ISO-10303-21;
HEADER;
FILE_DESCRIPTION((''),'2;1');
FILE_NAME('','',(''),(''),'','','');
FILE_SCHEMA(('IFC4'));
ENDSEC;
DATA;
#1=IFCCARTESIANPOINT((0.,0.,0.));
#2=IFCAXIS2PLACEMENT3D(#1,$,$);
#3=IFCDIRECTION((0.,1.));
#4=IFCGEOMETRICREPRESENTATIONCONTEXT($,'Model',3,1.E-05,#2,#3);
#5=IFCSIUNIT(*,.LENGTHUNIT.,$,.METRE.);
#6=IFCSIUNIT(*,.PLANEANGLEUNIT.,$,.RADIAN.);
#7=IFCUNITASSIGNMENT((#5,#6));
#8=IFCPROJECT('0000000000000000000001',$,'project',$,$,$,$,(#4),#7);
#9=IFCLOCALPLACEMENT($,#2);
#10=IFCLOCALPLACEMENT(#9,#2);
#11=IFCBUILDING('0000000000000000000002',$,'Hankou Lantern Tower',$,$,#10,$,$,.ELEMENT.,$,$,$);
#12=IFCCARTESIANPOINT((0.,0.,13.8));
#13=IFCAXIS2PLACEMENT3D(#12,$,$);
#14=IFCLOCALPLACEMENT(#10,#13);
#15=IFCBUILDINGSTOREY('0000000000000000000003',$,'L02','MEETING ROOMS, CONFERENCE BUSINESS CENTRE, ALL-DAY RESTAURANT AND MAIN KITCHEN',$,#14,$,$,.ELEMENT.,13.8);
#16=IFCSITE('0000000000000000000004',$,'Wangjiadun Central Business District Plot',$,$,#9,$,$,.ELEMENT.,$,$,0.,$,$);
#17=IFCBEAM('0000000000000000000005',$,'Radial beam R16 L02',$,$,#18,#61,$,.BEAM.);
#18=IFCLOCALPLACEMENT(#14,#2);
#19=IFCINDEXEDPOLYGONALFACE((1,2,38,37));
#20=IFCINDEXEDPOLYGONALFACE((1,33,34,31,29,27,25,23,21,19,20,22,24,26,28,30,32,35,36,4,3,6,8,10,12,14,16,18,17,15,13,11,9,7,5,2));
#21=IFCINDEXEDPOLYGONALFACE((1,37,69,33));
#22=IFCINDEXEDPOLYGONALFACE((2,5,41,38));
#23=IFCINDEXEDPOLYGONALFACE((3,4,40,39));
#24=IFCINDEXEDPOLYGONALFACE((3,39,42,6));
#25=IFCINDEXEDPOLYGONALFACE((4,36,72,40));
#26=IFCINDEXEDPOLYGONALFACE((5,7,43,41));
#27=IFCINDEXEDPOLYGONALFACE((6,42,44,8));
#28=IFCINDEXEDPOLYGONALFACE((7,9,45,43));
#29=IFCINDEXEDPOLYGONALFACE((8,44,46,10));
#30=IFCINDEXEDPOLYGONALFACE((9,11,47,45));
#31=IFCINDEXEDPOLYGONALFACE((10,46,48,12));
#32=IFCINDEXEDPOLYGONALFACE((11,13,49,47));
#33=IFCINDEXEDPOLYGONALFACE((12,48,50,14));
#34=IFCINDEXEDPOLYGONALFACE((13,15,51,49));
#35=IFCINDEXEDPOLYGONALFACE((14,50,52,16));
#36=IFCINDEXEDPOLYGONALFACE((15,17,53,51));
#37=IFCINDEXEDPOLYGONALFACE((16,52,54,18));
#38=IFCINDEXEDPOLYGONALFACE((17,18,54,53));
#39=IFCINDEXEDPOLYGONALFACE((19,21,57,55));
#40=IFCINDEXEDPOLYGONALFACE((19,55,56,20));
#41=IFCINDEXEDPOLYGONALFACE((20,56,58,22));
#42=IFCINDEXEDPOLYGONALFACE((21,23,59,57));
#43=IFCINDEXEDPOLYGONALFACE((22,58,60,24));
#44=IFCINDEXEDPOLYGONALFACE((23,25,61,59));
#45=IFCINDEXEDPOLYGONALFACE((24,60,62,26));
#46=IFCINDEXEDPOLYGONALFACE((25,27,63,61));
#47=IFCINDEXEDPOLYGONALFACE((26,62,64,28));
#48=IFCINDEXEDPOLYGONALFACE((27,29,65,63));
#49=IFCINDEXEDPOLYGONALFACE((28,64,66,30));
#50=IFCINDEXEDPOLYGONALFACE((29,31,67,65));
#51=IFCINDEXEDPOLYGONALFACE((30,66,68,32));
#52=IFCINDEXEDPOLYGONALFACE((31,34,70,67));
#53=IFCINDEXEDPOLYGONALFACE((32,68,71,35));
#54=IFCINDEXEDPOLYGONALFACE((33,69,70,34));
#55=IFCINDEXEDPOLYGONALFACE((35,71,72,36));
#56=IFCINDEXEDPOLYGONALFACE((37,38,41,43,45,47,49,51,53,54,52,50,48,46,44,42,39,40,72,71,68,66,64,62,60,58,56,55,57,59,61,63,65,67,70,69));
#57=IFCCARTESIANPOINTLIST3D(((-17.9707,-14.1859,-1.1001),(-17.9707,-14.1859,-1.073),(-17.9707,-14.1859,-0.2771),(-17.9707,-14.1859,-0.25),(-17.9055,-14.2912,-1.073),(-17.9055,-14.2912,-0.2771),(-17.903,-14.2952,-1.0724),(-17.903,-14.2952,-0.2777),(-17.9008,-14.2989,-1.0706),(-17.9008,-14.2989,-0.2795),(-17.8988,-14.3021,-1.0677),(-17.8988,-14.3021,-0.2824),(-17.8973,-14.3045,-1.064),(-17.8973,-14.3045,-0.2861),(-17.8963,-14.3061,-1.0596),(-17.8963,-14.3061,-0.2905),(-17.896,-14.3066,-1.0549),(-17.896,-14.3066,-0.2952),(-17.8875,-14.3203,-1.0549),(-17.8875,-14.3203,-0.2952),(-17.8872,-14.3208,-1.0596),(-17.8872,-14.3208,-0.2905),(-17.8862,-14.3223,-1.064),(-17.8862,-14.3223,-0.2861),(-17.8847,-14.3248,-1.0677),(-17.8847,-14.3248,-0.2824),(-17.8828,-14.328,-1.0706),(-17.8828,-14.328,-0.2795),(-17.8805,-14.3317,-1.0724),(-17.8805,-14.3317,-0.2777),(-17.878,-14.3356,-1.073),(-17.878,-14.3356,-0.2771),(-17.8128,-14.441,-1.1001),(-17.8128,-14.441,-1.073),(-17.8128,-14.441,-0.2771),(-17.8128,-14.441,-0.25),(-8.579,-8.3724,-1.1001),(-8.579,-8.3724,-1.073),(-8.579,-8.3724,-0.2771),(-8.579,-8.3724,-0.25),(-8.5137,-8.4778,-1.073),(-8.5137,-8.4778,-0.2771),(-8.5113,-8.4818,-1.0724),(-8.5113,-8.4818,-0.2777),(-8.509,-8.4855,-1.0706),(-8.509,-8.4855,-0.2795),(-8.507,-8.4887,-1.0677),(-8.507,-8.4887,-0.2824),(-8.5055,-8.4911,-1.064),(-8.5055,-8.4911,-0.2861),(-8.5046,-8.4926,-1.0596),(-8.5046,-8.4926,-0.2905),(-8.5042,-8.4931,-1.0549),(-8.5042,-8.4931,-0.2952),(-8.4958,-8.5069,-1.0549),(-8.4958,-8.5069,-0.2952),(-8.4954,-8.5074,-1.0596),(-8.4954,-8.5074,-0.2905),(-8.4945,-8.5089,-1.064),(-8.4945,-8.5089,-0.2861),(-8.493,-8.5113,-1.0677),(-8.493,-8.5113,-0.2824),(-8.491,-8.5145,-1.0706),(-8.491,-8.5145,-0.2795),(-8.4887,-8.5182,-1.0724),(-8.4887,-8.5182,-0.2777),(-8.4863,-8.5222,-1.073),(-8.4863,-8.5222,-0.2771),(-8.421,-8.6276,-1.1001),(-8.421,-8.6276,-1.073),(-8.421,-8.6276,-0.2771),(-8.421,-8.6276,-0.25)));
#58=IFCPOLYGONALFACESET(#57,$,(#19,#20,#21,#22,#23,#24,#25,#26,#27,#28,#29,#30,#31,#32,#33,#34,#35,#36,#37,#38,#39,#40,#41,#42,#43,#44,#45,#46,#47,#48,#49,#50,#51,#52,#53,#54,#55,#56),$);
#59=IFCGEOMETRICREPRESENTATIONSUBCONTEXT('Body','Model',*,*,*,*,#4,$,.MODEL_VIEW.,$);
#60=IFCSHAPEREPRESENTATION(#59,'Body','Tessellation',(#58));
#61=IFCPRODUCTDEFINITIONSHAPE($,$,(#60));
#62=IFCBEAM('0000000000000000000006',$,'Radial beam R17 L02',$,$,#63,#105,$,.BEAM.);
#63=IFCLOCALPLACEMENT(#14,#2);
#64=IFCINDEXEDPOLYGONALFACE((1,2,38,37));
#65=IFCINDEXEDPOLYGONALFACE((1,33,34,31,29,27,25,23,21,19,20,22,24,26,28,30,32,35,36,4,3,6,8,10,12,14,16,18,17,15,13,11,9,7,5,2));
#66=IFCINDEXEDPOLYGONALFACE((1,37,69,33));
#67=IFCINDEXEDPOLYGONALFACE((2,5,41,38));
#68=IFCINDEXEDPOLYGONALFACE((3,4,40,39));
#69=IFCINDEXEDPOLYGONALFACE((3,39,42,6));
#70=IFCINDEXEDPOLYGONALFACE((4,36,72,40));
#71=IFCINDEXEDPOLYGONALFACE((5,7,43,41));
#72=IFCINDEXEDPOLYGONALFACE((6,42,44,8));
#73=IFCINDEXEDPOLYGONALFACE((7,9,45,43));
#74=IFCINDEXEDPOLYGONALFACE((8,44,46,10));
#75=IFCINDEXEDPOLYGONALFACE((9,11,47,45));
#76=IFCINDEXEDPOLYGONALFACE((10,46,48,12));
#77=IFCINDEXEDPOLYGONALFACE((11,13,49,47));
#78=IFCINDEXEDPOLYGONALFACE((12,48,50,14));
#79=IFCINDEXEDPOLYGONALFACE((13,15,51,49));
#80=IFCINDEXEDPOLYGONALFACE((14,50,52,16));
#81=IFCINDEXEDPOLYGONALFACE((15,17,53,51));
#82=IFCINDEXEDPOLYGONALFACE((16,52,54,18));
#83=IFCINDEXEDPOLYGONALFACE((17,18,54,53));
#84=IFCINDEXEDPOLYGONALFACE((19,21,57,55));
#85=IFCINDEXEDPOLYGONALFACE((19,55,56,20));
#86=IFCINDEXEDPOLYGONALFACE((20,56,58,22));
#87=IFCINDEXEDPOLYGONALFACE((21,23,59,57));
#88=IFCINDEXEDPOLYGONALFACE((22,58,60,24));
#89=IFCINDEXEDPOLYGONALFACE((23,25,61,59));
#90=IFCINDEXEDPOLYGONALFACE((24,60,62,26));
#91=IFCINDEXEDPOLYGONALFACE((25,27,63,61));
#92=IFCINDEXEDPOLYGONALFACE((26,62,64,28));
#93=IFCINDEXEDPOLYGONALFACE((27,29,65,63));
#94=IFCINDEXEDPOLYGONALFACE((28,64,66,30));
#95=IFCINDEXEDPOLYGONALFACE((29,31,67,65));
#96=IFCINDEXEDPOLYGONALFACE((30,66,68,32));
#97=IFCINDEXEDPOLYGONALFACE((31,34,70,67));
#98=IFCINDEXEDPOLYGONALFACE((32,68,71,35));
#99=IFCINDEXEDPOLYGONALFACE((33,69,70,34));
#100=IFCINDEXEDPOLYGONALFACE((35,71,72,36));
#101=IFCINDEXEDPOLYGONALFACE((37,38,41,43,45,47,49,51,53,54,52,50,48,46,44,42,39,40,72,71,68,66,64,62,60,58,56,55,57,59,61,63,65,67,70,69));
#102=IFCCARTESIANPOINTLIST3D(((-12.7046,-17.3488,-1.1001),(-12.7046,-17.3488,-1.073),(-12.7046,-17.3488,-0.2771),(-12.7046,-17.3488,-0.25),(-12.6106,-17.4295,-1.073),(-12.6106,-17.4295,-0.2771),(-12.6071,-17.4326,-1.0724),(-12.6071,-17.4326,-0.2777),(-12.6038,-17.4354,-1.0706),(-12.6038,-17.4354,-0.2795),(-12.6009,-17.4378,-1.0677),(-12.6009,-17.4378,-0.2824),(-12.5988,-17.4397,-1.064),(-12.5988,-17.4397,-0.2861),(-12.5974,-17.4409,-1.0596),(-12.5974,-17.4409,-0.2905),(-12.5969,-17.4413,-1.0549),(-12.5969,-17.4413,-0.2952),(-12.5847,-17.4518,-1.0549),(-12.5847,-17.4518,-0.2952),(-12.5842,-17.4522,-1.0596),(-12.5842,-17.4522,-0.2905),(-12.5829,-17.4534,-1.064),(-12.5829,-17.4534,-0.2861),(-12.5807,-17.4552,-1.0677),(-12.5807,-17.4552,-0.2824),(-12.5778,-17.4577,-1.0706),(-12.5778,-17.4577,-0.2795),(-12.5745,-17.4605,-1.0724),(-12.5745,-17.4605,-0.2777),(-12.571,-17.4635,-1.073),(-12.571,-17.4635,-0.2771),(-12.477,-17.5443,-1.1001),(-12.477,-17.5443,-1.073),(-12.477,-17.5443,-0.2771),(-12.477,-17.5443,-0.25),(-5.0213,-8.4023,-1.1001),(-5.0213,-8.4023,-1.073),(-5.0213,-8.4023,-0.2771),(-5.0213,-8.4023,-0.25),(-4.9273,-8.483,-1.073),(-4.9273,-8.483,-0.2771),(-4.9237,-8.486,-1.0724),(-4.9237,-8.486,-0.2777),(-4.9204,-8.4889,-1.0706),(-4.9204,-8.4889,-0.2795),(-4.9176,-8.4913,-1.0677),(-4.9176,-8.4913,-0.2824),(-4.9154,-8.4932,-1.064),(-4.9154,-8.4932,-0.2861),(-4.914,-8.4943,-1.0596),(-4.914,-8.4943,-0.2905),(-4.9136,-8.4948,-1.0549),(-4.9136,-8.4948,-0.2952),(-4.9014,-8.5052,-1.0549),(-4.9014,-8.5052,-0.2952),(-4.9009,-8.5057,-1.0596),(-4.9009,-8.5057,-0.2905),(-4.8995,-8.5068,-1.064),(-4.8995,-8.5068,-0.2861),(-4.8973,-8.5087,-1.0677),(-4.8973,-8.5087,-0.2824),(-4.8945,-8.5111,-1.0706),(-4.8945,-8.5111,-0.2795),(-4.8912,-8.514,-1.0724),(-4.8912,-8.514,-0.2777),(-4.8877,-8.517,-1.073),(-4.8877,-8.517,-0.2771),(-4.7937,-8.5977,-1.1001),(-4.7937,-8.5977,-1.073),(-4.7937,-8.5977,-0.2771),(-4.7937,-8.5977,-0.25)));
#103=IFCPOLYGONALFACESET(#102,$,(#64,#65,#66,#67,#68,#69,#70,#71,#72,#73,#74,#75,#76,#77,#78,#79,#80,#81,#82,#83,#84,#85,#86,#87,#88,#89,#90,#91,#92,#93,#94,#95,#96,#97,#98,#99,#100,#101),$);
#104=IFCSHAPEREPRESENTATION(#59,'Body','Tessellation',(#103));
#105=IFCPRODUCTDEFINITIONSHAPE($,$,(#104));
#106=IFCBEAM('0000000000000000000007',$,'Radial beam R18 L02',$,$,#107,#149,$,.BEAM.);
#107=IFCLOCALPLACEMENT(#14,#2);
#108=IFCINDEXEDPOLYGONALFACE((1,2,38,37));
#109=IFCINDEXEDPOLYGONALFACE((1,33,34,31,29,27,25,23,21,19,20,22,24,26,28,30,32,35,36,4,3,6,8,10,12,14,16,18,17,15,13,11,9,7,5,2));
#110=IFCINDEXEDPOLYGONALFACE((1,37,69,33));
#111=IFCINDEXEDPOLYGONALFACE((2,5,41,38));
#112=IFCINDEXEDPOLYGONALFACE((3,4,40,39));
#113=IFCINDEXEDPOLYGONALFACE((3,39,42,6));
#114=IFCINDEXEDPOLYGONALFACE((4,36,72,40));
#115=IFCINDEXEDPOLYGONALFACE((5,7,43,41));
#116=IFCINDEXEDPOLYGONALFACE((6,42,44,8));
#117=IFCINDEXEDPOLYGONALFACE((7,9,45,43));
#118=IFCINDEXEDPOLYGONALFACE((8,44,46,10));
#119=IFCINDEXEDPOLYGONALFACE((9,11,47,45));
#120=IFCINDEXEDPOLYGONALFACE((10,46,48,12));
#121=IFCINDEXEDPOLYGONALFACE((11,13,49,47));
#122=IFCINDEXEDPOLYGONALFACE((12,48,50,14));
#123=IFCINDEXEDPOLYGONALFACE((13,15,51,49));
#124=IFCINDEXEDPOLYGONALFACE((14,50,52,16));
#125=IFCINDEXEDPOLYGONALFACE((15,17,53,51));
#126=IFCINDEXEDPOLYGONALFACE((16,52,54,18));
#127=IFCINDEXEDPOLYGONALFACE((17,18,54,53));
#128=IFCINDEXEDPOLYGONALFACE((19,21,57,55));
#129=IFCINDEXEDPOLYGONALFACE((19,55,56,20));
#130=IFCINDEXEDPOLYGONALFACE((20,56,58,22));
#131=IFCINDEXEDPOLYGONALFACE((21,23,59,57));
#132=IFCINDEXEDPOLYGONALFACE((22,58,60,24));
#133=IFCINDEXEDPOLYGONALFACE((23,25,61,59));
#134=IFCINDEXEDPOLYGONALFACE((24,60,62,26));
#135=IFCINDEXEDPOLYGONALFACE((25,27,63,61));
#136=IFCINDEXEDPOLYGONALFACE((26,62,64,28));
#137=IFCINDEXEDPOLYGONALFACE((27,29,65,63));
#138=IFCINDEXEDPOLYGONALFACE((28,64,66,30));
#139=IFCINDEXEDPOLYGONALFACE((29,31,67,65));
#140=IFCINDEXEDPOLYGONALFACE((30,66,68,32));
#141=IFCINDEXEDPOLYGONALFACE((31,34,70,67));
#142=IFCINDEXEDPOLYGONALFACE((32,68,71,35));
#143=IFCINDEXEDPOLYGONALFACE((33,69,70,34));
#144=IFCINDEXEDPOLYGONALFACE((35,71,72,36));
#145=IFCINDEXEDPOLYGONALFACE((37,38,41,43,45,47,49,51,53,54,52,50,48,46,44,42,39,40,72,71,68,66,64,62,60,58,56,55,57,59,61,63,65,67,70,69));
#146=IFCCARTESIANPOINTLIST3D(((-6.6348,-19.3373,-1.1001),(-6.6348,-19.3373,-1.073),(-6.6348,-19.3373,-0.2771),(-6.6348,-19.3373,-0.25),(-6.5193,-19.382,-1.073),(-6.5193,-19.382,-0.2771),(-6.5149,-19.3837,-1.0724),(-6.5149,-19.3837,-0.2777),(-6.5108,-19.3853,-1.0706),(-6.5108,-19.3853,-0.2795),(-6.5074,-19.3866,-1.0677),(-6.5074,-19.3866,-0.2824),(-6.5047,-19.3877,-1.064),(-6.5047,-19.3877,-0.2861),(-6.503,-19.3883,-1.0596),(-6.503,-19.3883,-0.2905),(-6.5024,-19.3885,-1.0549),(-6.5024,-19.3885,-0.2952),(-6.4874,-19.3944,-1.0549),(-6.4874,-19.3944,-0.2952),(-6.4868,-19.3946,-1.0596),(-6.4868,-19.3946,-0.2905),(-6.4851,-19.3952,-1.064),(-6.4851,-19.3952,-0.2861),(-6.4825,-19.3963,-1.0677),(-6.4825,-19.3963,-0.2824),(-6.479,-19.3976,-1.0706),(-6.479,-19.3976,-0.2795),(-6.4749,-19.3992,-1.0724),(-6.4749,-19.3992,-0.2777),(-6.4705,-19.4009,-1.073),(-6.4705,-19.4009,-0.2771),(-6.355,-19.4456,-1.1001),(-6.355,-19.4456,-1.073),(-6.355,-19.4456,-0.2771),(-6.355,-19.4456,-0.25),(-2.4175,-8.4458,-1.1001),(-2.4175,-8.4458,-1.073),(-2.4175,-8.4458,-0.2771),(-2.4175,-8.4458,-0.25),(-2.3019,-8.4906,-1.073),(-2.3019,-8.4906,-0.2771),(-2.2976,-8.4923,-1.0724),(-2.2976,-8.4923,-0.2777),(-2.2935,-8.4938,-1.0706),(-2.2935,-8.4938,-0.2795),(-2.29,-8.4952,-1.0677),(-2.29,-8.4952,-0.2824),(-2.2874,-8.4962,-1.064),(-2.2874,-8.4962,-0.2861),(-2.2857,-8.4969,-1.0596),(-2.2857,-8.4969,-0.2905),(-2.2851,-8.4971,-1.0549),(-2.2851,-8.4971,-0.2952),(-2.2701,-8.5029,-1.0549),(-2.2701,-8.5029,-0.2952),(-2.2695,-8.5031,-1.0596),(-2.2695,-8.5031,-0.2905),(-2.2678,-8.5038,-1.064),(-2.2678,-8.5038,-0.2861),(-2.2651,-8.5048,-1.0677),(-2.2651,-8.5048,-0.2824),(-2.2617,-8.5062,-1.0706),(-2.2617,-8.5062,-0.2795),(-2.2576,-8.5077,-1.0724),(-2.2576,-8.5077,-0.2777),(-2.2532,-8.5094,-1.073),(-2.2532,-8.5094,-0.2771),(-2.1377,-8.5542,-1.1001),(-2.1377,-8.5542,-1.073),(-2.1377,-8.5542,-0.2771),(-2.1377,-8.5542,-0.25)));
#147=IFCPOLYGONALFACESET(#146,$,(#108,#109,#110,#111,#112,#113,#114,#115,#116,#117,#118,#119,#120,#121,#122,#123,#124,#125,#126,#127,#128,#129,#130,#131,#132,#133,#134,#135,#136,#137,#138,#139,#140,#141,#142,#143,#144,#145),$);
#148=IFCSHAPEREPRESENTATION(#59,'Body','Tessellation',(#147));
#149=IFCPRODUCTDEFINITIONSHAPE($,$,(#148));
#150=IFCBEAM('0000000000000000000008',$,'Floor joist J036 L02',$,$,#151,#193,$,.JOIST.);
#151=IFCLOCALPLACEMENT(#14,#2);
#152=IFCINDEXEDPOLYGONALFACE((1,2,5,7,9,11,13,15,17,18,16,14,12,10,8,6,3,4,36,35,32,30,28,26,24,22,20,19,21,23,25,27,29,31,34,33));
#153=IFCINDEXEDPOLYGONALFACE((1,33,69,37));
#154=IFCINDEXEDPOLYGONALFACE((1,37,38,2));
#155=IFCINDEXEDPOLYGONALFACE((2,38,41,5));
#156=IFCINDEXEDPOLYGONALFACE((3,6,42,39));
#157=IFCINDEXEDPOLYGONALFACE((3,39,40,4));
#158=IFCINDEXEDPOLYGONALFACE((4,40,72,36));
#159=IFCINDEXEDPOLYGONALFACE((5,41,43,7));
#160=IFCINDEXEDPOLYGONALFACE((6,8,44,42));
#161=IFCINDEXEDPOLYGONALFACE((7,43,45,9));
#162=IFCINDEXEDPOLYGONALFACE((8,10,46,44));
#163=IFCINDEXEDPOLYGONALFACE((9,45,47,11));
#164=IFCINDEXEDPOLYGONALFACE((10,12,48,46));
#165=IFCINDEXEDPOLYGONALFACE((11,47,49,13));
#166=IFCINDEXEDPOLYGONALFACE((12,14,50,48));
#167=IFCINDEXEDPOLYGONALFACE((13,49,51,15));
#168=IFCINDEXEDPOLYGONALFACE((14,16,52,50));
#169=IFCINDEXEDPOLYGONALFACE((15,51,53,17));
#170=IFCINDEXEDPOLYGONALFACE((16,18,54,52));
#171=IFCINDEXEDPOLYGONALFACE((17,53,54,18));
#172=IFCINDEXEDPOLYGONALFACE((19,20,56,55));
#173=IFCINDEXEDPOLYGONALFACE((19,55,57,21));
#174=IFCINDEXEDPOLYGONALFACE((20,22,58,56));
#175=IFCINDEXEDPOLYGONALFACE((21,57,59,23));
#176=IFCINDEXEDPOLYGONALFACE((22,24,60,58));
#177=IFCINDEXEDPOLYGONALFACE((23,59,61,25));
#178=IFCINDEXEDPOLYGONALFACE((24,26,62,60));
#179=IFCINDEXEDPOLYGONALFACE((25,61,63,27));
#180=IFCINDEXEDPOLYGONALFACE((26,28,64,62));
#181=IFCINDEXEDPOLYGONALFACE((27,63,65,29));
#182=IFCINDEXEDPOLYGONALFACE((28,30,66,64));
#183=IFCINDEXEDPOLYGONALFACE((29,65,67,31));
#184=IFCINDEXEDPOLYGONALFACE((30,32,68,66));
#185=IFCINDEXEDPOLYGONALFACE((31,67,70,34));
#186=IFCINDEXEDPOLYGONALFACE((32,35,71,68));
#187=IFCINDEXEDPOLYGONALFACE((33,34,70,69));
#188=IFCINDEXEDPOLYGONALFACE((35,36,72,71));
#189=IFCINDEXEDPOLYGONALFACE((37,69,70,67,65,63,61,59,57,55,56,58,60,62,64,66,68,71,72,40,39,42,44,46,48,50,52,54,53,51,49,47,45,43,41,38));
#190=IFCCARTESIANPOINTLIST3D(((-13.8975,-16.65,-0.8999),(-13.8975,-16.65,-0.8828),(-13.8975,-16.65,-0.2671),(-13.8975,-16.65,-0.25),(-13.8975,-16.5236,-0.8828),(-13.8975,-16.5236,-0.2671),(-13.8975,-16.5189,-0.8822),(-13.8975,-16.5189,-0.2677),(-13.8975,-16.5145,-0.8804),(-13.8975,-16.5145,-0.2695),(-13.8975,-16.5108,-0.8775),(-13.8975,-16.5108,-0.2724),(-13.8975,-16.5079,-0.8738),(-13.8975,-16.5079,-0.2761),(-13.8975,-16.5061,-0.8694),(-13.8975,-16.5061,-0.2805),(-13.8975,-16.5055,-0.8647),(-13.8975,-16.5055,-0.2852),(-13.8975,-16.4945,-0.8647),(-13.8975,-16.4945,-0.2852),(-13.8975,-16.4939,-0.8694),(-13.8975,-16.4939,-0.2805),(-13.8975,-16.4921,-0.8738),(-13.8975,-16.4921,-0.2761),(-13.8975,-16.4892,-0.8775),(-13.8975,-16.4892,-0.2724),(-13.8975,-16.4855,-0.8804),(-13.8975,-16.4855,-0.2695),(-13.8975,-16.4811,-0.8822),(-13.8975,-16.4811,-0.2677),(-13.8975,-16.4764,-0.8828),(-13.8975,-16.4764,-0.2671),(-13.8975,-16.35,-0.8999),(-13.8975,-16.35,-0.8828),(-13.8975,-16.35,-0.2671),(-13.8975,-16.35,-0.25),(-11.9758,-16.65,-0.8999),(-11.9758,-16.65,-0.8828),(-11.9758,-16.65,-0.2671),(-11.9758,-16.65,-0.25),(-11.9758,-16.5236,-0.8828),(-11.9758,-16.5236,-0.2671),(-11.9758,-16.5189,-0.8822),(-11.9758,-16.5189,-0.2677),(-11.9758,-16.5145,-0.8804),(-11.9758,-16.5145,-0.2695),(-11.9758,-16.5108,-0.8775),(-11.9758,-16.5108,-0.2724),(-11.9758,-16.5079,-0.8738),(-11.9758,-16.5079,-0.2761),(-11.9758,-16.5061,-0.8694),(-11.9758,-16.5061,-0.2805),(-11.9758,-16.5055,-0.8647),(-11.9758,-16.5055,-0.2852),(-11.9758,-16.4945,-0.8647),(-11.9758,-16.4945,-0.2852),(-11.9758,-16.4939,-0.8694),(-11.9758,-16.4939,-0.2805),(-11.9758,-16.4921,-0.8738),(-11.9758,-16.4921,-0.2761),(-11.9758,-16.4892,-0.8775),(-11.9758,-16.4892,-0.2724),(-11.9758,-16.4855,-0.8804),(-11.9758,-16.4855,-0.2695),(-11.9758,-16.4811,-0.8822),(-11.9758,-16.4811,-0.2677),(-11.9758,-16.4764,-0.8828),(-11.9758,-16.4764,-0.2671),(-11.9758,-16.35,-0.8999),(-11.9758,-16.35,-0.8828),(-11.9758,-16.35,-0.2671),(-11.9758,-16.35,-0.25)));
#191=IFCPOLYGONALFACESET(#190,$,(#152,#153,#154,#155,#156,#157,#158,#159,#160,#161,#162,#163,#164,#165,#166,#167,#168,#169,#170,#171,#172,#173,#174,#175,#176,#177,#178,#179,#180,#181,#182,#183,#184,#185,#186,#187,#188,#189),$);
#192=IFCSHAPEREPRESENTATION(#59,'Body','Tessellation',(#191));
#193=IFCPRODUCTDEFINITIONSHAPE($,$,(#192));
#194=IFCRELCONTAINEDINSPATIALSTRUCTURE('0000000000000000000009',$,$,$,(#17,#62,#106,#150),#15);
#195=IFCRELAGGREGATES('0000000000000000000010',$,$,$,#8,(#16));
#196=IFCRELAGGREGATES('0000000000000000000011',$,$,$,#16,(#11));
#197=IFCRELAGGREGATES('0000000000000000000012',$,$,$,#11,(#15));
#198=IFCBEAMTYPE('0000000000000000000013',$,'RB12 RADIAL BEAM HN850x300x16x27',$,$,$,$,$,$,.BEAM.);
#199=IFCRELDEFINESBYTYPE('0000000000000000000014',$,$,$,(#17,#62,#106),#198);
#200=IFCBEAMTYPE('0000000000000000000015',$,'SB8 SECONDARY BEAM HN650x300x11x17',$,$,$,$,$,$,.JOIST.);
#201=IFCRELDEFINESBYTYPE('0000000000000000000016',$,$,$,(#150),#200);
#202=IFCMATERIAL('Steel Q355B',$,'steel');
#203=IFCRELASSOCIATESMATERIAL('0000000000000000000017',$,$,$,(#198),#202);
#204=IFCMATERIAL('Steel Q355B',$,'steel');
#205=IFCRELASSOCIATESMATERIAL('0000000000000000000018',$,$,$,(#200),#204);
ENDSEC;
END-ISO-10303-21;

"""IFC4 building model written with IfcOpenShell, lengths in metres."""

from ifc_helpers import new_model, si_unit, direction, frame, origin, origin_2d, place, context, subcontext, project, spatial, i_section, extrude, material, material_profile, profile_set, type_object, element, save


model = new_model("IFC4")

# Units and contexts
model_context = context("Model", 3, precision=1e-05, world=origin(), true_north=direction((0.0, 1.0)))
body_context = subcontext(model_context, "Body", "Model", "MODEL_VIEW")
ifc_project = project(units=[si_unit("LENGTHUNIT", "METRE"), si_unit("PLANEANGLEUNIT", "RADIAN")], contexts=[model_context])

# Site, building, storey
site_placement = place(None, origin())
site = spatial("IfcSite", under=ifc_project, at=site_placement, Name="Wangjiadun Central Business District Plot", CompositionType="ELEMENT", RefElevation=0.0)
building_placement = place(site_placement, origin())
building = spatial("IfcBuilding", under=site, at=building_placement, Name="Hankou Lantern Tower", CompositionType="ELEMENT")
storey_placement = place(building_placement, frame((0.0, 0.0, 13.8)))
storey = spatial("IfcBuildingStorey", under=building, at=storey_placement, Name="L02", Description="MEETING ROOMS, CONFERENCE BUSINESS CENTRE, ALL-DAY RESTAURANT AND MAIN KITCHEN", CompositionType="ELEMENT", Elevation=13.8)

# Beams
ifc_material_1 = material(Name="Steel Q355B", Category="steel")
ifc_material_profile_1 = material_profile(ifc_material_1, i_section(OverallWidth=0.3, OverallDepth=0.8501, WebThickness=0.0161, FlangeThickness=0.0271, FilletRadius=0.0181, at=origin_2d()), Name="HN850x300x16x27")
ifc_profile_set_1 = profile_set([ifc_material_profile_1], Name="Steel Q355B")
beam_type_1 = type_object("IfcBeamType", Name="RB12 RADIAL BEAM HN850x300x16x27", PredefinedType="BEAM", material=ifc_profile_set_1)
beam_1_placement = place(storey_placement, frame((-8.5, -8.5, -0.675), z_axis=(-0.850286, -0.52632, 0.0), x_axis=(0.52632, -0.850286, 0.0)))
element("IfcBeam", 1, at=beam_1_placement, inside=storey, type_object=beam_type_1, Name="Radial beam R16 L02", PredefinedType="BEAM", context=body_context, shape_type="SweptSolid", body=[
    extrude(i_section(OverallWidth=0.3, OverallDepth=0.8501, WebThickness=0.0161, FlangeThickness=0.0271, FilletRadius=0.0181, at=origin_2d()), origin(), (0.0, 0.0, 1.0), 11.0454),
])
beam_2_placement = place(storey_placement, frame((-4.9075, -8.5, -0.675), z_axis=(-0.651519, -0.758632, 0.0), x_axis=(0.758632, -0.651519, 0.0)))
element("IfcBeam", 2, at=beam_2_placement, inside=storey, type_object=beam_type_1, Name="Radial beam R17 L02", PredefinedType="BEAM", context=body_context, shape_type="SweptSolid", body=[
    extrude(i_section(OverallWidth=0.3, OverallDepth=0.8501, WebThickness=0.0161, FlangeThickness=0.0271, FilletRadius=0.0181, at=origin_2d()), origin(), (0.0, 0.0, 1.0), 11.793),
])
beam_3_placement = place(storey_placement, frame((-2.2776, -8.5, -0.675), z_axis=(-0.361089, -0.932531, 0.0), x_axis=(0.932531, -0.361089, 0.0)))
element("IfcBeam", 3, at=beam_3_placement, inside=storey, type_object=beam_type_1, Name="Radial beam R18 L02", PredefinedType="BEAM", context=body_context, shape_type="SweptSolid", body=[
    extrude(i_section(OverallWidth=0.3, OverallDepth=0.8501, WebThickness=0.0161, FlangeThickness=0.0271, FilletRadius=0.0181, at=origin_2d()), origin(), (0.0, 0.0, 1.0), 11.6794),
])
ifc_material_2 = material(Name="Steel Q355B", Category="steel")
ifc_material_profile_2 = material_profile(ifc_material_2, i_section(OverallWidth=0.3, OverallDepth=0.6499, WebThickness=0.011, FlangeThickness=0.0171, FilletRadius=0.0181, at=origin_2d()), Name="HN650x300x11x17")
ifc_profile_set_2 = profile_set([ifc_material_profile_2], Name="Steel Q355B")
beam_type_2 = type_object("IfcBeamType", Name="SB8 SECONDARY BEAM HN650x300x11x17", PredefinedType="JOIST", material=ifc_profile_set_2)
beam_4_placement = place(storey_placement, frame((-13.8975, -16.5, -0.575), z_axis=(1.0, 0.0, 0.0), x_axis=(0.0, 1.0, 0.0)))
element("IfcBeam", 4, at=beam_4_placement, inside=storey, type_object=beam_type_2, Name="Floor joist J036 L02", PredefinedType="JOIST", context=body_context, shape_type="SweptSolid", body=[
    extrude(i_section(OverallWidth=0.3, OverallDepth=0.6499, WebThickness=0.011, FlangeThickness=0.0171, FilletRadius=0.0181, at=origin_2d()), origin(), (0.0, 0.0, 1.0), 1.9216),
])

save(model, "model.ifc")
